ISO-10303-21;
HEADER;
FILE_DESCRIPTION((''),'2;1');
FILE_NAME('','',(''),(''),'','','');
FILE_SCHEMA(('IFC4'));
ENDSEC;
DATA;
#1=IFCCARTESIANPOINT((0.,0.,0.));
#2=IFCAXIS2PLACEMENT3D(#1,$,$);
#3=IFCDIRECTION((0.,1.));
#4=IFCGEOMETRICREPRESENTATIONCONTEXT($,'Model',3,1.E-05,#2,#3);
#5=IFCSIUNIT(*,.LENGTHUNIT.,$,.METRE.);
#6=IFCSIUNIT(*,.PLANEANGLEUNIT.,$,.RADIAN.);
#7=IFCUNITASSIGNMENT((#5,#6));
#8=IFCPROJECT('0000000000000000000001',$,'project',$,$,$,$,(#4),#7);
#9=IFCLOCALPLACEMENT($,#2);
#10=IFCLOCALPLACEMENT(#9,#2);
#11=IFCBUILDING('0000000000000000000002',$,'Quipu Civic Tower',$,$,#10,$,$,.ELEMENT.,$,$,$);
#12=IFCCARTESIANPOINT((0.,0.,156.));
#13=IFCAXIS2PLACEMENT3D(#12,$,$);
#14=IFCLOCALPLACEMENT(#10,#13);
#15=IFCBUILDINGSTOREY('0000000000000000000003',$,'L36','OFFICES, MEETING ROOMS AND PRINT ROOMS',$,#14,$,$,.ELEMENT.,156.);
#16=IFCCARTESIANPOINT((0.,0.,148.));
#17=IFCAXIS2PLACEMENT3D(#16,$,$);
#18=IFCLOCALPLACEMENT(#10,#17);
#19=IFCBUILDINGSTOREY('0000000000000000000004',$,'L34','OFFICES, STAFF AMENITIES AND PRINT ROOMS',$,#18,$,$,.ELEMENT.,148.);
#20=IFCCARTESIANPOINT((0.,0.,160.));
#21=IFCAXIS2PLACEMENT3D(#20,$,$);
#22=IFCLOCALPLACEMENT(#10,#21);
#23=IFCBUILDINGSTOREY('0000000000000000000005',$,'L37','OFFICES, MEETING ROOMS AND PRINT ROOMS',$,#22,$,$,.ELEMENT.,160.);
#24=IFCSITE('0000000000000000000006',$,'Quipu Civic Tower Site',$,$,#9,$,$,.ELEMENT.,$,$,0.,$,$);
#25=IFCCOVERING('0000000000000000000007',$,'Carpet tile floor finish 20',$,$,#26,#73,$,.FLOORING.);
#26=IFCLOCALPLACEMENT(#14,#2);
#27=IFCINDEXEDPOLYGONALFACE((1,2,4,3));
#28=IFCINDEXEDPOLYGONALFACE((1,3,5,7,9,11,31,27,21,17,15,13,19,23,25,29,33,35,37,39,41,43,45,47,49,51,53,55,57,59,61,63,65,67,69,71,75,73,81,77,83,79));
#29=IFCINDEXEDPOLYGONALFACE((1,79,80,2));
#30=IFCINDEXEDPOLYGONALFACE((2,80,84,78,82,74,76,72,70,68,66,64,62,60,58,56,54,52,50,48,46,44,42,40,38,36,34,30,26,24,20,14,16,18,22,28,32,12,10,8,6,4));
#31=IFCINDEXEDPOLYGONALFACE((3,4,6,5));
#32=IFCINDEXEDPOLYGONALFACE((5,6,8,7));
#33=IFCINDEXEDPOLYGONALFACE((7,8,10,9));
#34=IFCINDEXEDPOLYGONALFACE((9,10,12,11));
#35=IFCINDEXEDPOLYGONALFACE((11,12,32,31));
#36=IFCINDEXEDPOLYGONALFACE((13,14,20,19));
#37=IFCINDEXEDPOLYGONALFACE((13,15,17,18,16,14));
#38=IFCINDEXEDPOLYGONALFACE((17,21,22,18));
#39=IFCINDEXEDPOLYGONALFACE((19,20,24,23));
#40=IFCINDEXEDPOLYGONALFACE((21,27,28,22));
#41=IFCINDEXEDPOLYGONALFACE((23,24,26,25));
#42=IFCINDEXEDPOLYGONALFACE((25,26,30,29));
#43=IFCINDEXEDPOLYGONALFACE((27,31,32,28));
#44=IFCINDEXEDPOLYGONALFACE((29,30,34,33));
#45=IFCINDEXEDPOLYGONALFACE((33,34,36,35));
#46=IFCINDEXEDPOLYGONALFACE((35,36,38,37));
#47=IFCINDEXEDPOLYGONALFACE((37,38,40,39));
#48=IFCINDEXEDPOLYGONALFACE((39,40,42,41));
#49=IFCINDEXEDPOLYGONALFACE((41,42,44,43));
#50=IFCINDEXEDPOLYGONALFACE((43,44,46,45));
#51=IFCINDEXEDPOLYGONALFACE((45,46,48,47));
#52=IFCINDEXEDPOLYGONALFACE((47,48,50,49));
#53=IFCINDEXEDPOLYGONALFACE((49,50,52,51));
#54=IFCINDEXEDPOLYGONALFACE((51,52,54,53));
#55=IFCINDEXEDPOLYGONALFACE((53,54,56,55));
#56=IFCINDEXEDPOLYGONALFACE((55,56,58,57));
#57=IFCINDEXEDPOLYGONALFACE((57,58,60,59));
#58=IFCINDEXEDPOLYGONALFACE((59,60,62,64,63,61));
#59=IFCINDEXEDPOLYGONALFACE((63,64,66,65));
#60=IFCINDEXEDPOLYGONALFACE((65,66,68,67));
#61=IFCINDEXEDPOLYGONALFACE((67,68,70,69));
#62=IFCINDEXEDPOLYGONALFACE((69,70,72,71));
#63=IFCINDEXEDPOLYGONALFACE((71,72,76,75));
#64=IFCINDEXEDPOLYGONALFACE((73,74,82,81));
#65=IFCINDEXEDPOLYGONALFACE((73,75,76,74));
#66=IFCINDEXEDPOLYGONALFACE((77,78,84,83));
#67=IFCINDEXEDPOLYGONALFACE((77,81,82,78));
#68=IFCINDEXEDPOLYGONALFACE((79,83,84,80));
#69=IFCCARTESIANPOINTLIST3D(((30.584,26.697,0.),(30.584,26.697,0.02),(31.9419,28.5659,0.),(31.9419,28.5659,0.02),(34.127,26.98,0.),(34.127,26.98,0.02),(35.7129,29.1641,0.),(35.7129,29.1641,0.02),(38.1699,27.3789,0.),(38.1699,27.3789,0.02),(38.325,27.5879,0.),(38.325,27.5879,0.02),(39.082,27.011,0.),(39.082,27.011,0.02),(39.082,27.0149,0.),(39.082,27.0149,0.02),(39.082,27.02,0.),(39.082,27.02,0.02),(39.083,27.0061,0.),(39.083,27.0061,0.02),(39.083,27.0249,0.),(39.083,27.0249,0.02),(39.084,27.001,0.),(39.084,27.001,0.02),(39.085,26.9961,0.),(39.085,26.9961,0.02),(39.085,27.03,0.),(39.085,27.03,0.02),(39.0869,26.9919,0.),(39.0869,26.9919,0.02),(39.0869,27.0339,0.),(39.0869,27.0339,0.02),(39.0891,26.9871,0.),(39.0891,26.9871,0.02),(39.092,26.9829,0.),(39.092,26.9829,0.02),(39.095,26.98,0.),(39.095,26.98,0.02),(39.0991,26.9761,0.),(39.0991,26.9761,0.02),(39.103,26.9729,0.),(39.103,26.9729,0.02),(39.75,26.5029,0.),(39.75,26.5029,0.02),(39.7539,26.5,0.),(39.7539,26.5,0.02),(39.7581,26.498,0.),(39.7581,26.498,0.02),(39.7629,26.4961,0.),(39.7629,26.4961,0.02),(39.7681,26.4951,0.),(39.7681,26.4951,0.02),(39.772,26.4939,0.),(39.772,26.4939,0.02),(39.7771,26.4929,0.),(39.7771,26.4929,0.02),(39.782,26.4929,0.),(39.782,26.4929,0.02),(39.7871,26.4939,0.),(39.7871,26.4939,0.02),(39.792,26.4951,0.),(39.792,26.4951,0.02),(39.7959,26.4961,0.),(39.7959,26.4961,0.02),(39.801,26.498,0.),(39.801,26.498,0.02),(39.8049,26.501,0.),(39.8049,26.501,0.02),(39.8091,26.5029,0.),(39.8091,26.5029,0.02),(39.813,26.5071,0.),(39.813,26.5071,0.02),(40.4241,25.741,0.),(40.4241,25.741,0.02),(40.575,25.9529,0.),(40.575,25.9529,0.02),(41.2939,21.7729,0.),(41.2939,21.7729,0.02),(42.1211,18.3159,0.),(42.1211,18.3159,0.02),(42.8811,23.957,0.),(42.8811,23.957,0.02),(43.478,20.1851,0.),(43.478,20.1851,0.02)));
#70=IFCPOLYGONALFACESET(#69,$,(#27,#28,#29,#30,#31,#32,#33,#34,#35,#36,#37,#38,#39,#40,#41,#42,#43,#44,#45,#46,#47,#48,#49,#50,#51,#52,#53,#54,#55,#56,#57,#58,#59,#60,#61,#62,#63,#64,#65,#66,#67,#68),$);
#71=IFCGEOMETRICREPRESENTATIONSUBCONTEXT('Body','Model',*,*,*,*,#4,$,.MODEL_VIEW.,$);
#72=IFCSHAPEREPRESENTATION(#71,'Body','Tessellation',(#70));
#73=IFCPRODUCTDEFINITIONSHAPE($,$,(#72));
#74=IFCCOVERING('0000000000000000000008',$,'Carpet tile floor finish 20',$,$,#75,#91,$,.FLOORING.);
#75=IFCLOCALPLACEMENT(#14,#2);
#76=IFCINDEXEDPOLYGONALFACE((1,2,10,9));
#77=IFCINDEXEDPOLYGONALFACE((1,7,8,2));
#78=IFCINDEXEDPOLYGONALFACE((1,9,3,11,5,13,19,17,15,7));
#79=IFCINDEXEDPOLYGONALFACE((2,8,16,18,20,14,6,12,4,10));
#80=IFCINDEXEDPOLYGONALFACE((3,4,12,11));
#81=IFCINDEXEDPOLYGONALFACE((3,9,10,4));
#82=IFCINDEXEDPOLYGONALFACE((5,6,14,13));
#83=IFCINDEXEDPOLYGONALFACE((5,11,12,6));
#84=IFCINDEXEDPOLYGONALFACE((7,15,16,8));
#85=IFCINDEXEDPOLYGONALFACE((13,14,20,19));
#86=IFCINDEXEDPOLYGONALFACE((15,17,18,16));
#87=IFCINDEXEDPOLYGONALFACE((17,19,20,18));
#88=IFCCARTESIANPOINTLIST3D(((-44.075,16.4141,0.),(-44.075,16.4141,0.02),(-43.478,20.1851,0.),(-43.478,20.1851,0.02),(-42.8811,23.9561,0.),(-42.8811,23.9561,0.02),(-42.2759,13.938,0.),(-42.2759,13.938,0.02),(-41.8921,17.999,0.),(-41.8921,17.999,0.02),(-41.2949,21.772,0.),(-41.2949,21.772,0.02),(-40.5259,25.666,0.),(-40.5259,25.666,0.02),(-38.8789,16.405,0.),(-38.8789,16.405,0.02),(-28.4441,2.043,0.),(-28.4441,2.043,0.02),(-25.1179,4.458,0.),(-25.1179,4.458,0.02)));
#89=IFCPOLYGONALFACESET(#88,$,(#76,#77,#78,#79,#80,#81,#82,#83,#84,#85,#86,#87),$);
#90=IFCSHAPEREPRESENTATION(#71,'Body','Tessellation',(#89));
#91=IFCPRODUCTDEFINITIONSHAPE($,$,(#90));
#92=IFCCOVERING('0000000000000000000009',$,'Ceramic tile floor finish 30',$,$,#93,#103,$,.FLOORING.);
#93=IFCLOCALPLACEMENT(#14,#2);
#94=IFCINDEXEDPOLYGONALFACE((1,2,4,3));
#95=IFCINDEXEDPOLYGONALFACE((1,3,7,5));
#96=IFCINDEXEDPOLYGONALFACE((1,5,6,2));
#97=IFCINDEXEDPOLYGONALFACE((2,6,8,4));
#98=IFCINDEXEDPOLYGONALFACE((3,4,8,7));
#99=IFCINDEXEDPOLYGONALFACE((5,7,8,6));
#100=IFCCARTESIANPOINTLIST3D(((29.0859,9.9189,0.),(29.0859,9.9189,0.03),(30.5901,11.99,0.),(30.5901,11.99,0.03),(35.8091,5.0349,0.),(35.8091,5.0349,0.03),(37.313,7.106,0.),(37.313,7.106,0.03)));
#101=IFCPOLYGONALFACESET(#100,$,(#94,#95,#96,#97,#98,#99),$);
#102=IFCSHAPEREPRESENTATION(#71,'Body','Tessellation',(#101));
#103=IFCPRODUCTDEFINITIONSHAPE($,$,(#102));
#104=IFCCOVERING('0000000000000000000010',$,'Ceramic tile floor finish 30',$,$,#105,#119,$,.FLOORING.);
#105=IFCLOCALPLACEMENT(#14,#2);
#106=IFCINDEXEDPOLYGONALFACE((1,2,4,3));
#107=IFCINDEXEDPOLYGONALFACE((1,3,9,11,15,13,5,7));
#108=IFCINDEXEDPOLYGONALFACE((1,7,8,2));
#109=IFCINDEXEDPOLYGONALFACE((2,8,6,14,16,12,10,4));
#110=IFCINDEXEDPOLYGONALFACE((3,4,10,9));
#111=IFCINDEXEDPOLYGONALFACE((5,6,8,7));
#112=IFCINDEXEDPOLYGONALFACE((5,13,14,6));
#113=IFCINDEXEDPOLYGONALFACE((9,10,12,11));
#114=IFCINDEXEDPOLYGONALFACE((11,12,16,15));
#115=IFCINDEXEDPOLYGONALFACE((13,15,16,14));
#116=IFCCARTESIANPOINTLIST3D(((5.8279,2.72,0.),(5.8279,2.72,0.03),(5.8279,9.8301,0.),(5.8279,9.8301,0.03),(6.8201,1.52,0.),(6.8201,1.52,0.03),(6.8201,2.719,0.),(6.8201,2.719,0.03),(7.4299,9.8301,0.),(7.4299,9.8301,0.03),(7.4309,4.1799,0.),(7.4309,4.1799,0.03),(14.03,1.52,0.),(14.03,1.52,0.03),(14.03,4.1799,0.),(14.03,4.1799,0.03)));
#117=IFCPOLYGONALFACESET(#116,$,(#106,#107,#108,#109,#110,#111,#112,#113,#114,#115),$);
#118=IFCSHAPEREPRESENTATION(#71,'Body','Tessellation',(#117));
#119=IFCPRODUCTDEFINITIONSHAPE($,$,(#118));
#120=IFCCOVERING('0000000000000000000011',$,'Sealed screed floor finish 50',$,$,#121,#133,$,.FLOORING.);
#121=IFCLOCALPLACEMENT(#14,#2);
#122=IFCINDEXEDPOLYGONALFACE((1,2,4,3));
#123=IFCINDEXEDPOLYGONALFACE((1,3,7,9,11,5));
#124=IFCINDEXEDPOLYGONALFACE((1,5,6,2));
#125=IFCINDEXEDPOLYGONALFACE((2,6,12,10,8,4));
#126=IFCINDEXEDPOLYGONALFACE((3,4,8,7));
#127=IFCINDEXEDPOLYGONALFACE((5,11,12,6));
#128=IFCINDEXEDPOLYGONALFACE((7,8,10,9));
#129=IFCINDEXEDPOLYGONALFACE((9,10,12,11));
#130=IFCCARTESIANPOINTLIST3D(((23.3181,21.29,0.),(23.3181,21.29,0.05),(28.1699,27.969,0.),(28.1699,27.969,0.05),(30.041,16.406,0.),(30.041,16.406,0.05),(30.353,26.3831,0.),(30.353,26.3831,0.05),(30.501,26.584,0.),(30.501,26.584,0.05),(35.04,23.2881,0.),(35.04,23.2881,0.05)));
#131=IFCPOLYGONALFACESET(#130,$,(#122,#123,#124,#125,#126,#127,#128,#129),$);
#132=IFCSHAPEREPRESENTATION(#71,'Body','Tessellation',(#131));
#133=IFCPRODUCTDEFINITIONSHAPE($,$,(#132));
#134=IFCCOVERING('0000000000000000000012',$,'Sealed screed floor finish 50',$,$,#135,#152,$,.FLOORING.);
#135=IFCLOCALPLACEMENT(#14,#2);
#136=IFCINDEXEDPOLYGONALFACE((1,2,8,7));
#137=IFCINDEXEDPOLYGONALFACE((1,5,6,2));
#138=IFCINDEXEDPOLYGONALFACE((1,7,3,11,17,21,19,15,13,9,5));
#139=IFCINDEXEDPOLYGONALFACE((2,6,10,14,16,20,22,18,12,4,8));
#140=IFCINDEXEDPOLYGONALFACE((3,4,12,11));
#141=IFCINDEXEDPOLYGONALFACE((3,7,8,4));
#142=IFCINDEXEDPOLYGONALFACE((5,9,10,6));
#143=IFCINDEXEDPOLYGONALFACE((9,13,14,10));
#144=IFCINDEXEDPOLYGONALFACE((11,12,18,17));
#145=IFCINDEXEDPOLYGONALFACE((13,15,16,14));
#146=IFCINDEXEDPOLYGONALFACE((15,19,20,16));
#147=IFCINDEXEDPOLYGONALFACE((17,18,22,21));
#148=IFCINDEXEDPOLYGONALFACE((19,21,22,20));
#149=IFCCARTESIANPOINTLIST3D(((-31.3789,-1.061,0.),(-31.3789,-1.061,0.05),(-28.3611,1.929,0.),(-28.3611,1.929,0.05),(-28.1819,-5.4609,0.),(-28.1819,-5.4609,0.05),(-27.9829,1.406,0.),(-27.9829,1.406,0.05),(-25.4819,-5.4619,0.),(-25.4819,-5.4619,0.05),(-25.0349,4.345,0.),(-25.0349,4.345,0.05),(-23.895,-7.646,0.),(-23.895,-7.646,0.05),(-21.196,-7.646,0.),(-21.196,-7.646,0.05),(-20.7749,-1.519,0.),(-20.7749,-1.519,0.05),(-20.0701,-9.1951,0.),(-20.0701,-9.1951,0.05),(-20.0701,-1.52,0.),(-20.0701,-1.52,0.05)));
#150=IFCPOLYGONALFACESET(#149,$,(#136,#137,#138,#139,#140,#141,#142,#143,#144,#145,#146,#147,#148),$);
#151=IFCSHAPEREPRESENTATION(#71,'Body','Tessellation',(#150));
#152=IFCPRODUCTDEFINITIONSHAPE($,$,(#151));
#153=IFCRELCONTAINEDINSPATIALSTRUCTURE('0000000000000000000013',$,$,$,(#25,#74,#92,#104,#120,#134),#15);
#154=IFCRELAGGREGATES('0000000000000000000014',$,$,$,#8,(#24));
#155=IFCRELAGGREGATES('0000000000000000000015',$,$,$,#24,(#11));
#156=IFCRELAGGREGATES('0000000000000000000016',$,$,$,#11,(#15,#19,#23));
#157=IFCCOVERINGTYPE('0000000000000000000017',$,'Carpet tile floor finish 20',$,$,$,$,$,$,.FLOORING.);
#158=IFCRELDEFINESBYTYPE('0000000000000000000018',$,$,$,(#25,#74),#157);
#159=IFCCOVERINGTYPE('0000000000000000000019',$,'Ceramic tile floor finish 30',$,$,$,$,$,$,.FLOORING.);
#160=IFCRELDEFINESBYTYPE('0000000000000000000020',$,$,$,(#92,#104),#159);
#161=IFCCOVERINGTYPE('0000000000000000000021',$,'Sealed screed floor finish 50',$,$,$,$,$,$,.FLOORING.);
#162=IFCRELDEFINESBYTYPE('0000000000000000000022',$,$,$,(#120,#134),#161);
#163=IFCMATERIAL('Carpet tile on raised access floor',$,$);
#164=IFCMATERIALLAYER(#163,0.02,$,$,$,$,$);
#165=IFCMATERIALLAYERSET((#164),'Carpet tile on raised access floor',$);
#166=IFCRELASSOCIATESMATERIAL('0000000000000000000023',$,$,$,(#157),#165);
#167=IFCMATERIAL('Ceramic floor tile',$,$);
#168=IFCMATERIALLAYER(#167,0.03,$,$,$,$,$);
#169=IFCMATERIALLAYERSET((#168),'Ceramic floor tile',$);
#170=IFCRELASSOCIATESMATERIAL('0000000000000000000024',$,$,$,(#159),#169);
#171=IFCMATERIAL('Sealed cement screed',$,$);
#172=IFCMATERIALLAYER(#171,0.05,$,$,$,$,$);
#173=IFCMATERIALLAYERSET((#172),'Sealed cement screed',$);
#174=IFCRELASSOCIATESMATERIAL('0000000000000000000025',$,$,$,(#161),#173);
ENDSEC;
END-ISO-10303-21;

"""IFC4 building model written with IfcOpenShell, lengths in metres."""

from ifc_helpers import new_model, si_unit, direction, frame, origin, place, context, subcontext, project, spatial, polyline, outline, extrude, material, layer, layer_set, type_object, element, save


model = new_model("IFC4")

# Units and contexts
model_context = context("Model", 3, precision=1e-05, world=origin(), true_north=direction((0.0, 1.0)))
body_context = subcontext(model_context, "Body", "Model", "MODEL_VIEW")
ifc_project = project(units=[si_unit("LENGTHUNIT", "METRE"), si_unit("PLANEANGLEUNIT", "RADIAN")], contexts=[model_context])

# Site, building, storey
site_placement = place(None, origin())
site = spatial("IfcSite", under=ifc_project, at=site_placement, Name="Quipu Civic Tower Site", CompositionType="ELEMENT", RefElevation=0.0)
building_placement = place(site_placement, origin())
building = spatial("IfcBuilding", under=site, at=building_placement, Name="Quipu Civic Tower", CompositionType="ELEMENT")
storey_1_placement = place(building_placement, frame((0.0, 0.0, 156.0)))
storey_1 = spatial("IfcBuildingStorey", under=building, at=storey_1_placement, Name="L36", Description="OFFICES, MEETING ROOMS AND PRINT ROOMS", CompositionType="ELEMENT", Elevation=156.0)

# Shared definitions
storey_2_placement = place(building_placement, frame((0.0, 0.0, 148.0)))
storey_2 = spatial("IfcBuildingStorey", under=building, at=storey_2_placement, Name="L34", Description="OFFICES, STAFF AMENITIES AND PRINT ROOMS", CompositionType="ELEMENT", Elevation=148.0)

# Shared definitions
storey_3_placement = place(building_placement, frame((0.0, 0.0, 160.0)))
storey_3 = spatial("IfcBuildingStorey", under=building, at=storey_3_placement, Name="L37", Description="OFFICES, MEETING ROOMS AND PRINT ROOMS", CompositionType="ELEMENT", Elevation=160.0)

# Coverings
ifc_material_1 = material(Name="Carpet tile on raised access floor")
ifc_layer_1 = layer(ifc_material_1, 0.02)
ifc_layer_set_1 = layer_set([ifc_layer_1], Name="Carpet tile on raised access floor")
covering_type_1 = type_object("IfcCoveringType", Name="Carpet tile floor finish 20", PredefinedType="FLOORING", material=ifc_layer_set_1)
covering_1_placement = place(storey_1_placement, origin())
element("IfcCovering", 1, at=covering_1_placement, inside=storey_1, type_object=covering_type_1, Name="Carpet tile floor finish 20", PredefinedType="FLOORING", context=body_context, shape_type="SweptSolid", body=[
    extrude(outline(polyline([(30.584, 26.697), (31.9419, 28.5659), (34.127, 26.98), (35.7129, 29.1641), (38.1699, 27.3789), (38.325, 27.5879), (39.0869, 27.0339), (39.085, 27.03), (39.083, 27.0249), (39.082, 27.02), (39.082, 27.0149), (39.082, 27.011), (39.083, 27.0061), (39.084, 27.001), (39.085, 26.9961), (39.0869, 26.9919), (39.0891, 26.9871), (39.092, 26.9829), (39.095, 26.98), (39.0991, 26.9761), (39.103, 26.9729), (39.75, 26.5029), (39.7539, 26.5), (39.7581, 26.498), (39.7629, 26.4961), (39.7681, 26.4951), (39.772, 26.4939), (39.7771, 26.4929), (39.782, 26.4929), (39.7871, 26.4939), (39.792, 26.4951), (39.7959, 26.4961), (39.801, 26.498), (39.8049, 26.501), (39.8091, 26.5029), (39.813, 26.5071), (40.575, 25.9529), (40.4241, 25.741), (42.8811, 23.957), (41.2939, 21.7729), (43.478, 20.1851), (42.1211, 18.3159), (30.584, 26.697)])), origin(), (0.0, 0.0, 1.0), 0.02),
])
covering_2_placement = place(storey_1_placement, origin())
element("IfcCovering", 2, at=covering_2_placement, inside=storey_1, type_object=covering_type_1, Name="Carpet tile floor finish 20", PredefinedType="FLOORING", context=body_context, shape_type="SweptSolid", body=[
    extrude(outline(polyline([(-44.075, 16.4141), (-41.8921, 17.999), (-43.478, 20.1851), (-41.2949, 21.772), (-42.8811, 23.9561), (-40.5259, 25.666), (-25.1179, 4.458), (-28.4441, 2.043), (-38.8789, 16.405), (-42.2759, 13.938), (-44.075, 16.4141)])), origin(), (0.0, 0.0, 1.0), 0.02),
])
ifc_material_2 = material(Name="Ceramic floor tile")
ifc_layer_2 = layer(ifc_material_2, 0.03)
ifc_layer_set_2 = layer_set([ifc_layer_2], Name="Ceramic floor tile")
covering_type_2 = type_object("IfcCoveringType", Name="Ceramic tile floor finish 30", PredefinedType="FLOORING", material=ifc_layer_set_2)
covering_3_placement = place(storey_1_placement, origin())
element("IfcCovering", 3, at=covering_3_placement, inside=storey_1, type_object=covering_type_2, Name="Ceramic tile floor finish 30", PredefinedType="FLOORING", context=body_context, shape_type="SweptSolid", body=[
    extrude(outline(polyline([(29.0859, 9.9189), (30.5901, 11.99), (37.313, 7.106), (35.8091, 5.0349), (29.0859, 9.9189)])), origin(), (0.0, 0.0, 1.0), 0.03),
])
covering_4_placement = place(storey_1_placement, origin())
element("IfcCovering", 4, at=covering_4_placement, inside=storey_1, type_object=covering_type_2, Name="Ceramic tile floor finish 30", PredefinedType="FLOORING", context=body_context, shape_type="SweptSolid", body=[
    extrude(outline(polyline([(5.8279, 2.72), (5.8279, 9.8301), (7.4299, 9.8301), (7.4309, 4.1799), (14.03, 4.1799), (14.03, 1.52), (6.8201, 1.52), (6.8201, 2.719), (5.8279, 2.72)])), origin(), (0.0, 0.0, 1.0), 0.03),
])
ifc_material_3 = material(Name="Sealed cement screed")
ifc_layer_3 = layer(ifc_material_3, 0.05)
ifc_layer_set_3 = layer_set([ifc_layer_3], Name="Sealed cement screed")
covering_type_3 = type_object("IfcCoveringType", Name="Sealed screed floor finish 50", PredefinedType="FLOORING", material=ifc_layer_set_3)
covering_5_placement = place(storey_1_placement, origin())
element("IfcCovering", 5, at=covering_5_placement, inside=storey_1, type_object=covering_type_3, Name="Sealed screed floor finish 50", PredefinedType="FLOORING", context=body_context, shape_type="SweptSolid", body=[
    extrude(outline(polyline([(23.3181, 21.29), (28.1699, 27.969), (30.353, 26.3831), (30.501, 26.584), (35.04, 23.2881), (30.041, 16.406), (23.3181, 21.29)])), origin(), (0.0, 0.0, 1.0), 0.05),
])
covering_6_placement = place(storey_1_placement, origin())
element("IfcCovering", 6, at=covering_6_placement, inside=storey_1, type_object=covering_type_3, Name="Sealed screed floor finish 50", PredefinedType="FLOORING", context=body_context, shape_type="SweptSolid", body=[
    extrude(outline(polyline([(-31.3789, -1.061), (-27.9829, 1.406), (-28.3611, 1.929), (-25.0349, 4.345), (-20.7749, -1.519), (-20.0701, -1.52), (-20.0701, -9.1951), (-21.196, -7.646), (-23.895, -7.646), (-25.4819, -5.4619), (-28.1819, -5.4609), (-31.3789, -1.061)])), origin(), (0.0, 0.0, 1.0), 0.05),
])

save(model, "model.ifc")
